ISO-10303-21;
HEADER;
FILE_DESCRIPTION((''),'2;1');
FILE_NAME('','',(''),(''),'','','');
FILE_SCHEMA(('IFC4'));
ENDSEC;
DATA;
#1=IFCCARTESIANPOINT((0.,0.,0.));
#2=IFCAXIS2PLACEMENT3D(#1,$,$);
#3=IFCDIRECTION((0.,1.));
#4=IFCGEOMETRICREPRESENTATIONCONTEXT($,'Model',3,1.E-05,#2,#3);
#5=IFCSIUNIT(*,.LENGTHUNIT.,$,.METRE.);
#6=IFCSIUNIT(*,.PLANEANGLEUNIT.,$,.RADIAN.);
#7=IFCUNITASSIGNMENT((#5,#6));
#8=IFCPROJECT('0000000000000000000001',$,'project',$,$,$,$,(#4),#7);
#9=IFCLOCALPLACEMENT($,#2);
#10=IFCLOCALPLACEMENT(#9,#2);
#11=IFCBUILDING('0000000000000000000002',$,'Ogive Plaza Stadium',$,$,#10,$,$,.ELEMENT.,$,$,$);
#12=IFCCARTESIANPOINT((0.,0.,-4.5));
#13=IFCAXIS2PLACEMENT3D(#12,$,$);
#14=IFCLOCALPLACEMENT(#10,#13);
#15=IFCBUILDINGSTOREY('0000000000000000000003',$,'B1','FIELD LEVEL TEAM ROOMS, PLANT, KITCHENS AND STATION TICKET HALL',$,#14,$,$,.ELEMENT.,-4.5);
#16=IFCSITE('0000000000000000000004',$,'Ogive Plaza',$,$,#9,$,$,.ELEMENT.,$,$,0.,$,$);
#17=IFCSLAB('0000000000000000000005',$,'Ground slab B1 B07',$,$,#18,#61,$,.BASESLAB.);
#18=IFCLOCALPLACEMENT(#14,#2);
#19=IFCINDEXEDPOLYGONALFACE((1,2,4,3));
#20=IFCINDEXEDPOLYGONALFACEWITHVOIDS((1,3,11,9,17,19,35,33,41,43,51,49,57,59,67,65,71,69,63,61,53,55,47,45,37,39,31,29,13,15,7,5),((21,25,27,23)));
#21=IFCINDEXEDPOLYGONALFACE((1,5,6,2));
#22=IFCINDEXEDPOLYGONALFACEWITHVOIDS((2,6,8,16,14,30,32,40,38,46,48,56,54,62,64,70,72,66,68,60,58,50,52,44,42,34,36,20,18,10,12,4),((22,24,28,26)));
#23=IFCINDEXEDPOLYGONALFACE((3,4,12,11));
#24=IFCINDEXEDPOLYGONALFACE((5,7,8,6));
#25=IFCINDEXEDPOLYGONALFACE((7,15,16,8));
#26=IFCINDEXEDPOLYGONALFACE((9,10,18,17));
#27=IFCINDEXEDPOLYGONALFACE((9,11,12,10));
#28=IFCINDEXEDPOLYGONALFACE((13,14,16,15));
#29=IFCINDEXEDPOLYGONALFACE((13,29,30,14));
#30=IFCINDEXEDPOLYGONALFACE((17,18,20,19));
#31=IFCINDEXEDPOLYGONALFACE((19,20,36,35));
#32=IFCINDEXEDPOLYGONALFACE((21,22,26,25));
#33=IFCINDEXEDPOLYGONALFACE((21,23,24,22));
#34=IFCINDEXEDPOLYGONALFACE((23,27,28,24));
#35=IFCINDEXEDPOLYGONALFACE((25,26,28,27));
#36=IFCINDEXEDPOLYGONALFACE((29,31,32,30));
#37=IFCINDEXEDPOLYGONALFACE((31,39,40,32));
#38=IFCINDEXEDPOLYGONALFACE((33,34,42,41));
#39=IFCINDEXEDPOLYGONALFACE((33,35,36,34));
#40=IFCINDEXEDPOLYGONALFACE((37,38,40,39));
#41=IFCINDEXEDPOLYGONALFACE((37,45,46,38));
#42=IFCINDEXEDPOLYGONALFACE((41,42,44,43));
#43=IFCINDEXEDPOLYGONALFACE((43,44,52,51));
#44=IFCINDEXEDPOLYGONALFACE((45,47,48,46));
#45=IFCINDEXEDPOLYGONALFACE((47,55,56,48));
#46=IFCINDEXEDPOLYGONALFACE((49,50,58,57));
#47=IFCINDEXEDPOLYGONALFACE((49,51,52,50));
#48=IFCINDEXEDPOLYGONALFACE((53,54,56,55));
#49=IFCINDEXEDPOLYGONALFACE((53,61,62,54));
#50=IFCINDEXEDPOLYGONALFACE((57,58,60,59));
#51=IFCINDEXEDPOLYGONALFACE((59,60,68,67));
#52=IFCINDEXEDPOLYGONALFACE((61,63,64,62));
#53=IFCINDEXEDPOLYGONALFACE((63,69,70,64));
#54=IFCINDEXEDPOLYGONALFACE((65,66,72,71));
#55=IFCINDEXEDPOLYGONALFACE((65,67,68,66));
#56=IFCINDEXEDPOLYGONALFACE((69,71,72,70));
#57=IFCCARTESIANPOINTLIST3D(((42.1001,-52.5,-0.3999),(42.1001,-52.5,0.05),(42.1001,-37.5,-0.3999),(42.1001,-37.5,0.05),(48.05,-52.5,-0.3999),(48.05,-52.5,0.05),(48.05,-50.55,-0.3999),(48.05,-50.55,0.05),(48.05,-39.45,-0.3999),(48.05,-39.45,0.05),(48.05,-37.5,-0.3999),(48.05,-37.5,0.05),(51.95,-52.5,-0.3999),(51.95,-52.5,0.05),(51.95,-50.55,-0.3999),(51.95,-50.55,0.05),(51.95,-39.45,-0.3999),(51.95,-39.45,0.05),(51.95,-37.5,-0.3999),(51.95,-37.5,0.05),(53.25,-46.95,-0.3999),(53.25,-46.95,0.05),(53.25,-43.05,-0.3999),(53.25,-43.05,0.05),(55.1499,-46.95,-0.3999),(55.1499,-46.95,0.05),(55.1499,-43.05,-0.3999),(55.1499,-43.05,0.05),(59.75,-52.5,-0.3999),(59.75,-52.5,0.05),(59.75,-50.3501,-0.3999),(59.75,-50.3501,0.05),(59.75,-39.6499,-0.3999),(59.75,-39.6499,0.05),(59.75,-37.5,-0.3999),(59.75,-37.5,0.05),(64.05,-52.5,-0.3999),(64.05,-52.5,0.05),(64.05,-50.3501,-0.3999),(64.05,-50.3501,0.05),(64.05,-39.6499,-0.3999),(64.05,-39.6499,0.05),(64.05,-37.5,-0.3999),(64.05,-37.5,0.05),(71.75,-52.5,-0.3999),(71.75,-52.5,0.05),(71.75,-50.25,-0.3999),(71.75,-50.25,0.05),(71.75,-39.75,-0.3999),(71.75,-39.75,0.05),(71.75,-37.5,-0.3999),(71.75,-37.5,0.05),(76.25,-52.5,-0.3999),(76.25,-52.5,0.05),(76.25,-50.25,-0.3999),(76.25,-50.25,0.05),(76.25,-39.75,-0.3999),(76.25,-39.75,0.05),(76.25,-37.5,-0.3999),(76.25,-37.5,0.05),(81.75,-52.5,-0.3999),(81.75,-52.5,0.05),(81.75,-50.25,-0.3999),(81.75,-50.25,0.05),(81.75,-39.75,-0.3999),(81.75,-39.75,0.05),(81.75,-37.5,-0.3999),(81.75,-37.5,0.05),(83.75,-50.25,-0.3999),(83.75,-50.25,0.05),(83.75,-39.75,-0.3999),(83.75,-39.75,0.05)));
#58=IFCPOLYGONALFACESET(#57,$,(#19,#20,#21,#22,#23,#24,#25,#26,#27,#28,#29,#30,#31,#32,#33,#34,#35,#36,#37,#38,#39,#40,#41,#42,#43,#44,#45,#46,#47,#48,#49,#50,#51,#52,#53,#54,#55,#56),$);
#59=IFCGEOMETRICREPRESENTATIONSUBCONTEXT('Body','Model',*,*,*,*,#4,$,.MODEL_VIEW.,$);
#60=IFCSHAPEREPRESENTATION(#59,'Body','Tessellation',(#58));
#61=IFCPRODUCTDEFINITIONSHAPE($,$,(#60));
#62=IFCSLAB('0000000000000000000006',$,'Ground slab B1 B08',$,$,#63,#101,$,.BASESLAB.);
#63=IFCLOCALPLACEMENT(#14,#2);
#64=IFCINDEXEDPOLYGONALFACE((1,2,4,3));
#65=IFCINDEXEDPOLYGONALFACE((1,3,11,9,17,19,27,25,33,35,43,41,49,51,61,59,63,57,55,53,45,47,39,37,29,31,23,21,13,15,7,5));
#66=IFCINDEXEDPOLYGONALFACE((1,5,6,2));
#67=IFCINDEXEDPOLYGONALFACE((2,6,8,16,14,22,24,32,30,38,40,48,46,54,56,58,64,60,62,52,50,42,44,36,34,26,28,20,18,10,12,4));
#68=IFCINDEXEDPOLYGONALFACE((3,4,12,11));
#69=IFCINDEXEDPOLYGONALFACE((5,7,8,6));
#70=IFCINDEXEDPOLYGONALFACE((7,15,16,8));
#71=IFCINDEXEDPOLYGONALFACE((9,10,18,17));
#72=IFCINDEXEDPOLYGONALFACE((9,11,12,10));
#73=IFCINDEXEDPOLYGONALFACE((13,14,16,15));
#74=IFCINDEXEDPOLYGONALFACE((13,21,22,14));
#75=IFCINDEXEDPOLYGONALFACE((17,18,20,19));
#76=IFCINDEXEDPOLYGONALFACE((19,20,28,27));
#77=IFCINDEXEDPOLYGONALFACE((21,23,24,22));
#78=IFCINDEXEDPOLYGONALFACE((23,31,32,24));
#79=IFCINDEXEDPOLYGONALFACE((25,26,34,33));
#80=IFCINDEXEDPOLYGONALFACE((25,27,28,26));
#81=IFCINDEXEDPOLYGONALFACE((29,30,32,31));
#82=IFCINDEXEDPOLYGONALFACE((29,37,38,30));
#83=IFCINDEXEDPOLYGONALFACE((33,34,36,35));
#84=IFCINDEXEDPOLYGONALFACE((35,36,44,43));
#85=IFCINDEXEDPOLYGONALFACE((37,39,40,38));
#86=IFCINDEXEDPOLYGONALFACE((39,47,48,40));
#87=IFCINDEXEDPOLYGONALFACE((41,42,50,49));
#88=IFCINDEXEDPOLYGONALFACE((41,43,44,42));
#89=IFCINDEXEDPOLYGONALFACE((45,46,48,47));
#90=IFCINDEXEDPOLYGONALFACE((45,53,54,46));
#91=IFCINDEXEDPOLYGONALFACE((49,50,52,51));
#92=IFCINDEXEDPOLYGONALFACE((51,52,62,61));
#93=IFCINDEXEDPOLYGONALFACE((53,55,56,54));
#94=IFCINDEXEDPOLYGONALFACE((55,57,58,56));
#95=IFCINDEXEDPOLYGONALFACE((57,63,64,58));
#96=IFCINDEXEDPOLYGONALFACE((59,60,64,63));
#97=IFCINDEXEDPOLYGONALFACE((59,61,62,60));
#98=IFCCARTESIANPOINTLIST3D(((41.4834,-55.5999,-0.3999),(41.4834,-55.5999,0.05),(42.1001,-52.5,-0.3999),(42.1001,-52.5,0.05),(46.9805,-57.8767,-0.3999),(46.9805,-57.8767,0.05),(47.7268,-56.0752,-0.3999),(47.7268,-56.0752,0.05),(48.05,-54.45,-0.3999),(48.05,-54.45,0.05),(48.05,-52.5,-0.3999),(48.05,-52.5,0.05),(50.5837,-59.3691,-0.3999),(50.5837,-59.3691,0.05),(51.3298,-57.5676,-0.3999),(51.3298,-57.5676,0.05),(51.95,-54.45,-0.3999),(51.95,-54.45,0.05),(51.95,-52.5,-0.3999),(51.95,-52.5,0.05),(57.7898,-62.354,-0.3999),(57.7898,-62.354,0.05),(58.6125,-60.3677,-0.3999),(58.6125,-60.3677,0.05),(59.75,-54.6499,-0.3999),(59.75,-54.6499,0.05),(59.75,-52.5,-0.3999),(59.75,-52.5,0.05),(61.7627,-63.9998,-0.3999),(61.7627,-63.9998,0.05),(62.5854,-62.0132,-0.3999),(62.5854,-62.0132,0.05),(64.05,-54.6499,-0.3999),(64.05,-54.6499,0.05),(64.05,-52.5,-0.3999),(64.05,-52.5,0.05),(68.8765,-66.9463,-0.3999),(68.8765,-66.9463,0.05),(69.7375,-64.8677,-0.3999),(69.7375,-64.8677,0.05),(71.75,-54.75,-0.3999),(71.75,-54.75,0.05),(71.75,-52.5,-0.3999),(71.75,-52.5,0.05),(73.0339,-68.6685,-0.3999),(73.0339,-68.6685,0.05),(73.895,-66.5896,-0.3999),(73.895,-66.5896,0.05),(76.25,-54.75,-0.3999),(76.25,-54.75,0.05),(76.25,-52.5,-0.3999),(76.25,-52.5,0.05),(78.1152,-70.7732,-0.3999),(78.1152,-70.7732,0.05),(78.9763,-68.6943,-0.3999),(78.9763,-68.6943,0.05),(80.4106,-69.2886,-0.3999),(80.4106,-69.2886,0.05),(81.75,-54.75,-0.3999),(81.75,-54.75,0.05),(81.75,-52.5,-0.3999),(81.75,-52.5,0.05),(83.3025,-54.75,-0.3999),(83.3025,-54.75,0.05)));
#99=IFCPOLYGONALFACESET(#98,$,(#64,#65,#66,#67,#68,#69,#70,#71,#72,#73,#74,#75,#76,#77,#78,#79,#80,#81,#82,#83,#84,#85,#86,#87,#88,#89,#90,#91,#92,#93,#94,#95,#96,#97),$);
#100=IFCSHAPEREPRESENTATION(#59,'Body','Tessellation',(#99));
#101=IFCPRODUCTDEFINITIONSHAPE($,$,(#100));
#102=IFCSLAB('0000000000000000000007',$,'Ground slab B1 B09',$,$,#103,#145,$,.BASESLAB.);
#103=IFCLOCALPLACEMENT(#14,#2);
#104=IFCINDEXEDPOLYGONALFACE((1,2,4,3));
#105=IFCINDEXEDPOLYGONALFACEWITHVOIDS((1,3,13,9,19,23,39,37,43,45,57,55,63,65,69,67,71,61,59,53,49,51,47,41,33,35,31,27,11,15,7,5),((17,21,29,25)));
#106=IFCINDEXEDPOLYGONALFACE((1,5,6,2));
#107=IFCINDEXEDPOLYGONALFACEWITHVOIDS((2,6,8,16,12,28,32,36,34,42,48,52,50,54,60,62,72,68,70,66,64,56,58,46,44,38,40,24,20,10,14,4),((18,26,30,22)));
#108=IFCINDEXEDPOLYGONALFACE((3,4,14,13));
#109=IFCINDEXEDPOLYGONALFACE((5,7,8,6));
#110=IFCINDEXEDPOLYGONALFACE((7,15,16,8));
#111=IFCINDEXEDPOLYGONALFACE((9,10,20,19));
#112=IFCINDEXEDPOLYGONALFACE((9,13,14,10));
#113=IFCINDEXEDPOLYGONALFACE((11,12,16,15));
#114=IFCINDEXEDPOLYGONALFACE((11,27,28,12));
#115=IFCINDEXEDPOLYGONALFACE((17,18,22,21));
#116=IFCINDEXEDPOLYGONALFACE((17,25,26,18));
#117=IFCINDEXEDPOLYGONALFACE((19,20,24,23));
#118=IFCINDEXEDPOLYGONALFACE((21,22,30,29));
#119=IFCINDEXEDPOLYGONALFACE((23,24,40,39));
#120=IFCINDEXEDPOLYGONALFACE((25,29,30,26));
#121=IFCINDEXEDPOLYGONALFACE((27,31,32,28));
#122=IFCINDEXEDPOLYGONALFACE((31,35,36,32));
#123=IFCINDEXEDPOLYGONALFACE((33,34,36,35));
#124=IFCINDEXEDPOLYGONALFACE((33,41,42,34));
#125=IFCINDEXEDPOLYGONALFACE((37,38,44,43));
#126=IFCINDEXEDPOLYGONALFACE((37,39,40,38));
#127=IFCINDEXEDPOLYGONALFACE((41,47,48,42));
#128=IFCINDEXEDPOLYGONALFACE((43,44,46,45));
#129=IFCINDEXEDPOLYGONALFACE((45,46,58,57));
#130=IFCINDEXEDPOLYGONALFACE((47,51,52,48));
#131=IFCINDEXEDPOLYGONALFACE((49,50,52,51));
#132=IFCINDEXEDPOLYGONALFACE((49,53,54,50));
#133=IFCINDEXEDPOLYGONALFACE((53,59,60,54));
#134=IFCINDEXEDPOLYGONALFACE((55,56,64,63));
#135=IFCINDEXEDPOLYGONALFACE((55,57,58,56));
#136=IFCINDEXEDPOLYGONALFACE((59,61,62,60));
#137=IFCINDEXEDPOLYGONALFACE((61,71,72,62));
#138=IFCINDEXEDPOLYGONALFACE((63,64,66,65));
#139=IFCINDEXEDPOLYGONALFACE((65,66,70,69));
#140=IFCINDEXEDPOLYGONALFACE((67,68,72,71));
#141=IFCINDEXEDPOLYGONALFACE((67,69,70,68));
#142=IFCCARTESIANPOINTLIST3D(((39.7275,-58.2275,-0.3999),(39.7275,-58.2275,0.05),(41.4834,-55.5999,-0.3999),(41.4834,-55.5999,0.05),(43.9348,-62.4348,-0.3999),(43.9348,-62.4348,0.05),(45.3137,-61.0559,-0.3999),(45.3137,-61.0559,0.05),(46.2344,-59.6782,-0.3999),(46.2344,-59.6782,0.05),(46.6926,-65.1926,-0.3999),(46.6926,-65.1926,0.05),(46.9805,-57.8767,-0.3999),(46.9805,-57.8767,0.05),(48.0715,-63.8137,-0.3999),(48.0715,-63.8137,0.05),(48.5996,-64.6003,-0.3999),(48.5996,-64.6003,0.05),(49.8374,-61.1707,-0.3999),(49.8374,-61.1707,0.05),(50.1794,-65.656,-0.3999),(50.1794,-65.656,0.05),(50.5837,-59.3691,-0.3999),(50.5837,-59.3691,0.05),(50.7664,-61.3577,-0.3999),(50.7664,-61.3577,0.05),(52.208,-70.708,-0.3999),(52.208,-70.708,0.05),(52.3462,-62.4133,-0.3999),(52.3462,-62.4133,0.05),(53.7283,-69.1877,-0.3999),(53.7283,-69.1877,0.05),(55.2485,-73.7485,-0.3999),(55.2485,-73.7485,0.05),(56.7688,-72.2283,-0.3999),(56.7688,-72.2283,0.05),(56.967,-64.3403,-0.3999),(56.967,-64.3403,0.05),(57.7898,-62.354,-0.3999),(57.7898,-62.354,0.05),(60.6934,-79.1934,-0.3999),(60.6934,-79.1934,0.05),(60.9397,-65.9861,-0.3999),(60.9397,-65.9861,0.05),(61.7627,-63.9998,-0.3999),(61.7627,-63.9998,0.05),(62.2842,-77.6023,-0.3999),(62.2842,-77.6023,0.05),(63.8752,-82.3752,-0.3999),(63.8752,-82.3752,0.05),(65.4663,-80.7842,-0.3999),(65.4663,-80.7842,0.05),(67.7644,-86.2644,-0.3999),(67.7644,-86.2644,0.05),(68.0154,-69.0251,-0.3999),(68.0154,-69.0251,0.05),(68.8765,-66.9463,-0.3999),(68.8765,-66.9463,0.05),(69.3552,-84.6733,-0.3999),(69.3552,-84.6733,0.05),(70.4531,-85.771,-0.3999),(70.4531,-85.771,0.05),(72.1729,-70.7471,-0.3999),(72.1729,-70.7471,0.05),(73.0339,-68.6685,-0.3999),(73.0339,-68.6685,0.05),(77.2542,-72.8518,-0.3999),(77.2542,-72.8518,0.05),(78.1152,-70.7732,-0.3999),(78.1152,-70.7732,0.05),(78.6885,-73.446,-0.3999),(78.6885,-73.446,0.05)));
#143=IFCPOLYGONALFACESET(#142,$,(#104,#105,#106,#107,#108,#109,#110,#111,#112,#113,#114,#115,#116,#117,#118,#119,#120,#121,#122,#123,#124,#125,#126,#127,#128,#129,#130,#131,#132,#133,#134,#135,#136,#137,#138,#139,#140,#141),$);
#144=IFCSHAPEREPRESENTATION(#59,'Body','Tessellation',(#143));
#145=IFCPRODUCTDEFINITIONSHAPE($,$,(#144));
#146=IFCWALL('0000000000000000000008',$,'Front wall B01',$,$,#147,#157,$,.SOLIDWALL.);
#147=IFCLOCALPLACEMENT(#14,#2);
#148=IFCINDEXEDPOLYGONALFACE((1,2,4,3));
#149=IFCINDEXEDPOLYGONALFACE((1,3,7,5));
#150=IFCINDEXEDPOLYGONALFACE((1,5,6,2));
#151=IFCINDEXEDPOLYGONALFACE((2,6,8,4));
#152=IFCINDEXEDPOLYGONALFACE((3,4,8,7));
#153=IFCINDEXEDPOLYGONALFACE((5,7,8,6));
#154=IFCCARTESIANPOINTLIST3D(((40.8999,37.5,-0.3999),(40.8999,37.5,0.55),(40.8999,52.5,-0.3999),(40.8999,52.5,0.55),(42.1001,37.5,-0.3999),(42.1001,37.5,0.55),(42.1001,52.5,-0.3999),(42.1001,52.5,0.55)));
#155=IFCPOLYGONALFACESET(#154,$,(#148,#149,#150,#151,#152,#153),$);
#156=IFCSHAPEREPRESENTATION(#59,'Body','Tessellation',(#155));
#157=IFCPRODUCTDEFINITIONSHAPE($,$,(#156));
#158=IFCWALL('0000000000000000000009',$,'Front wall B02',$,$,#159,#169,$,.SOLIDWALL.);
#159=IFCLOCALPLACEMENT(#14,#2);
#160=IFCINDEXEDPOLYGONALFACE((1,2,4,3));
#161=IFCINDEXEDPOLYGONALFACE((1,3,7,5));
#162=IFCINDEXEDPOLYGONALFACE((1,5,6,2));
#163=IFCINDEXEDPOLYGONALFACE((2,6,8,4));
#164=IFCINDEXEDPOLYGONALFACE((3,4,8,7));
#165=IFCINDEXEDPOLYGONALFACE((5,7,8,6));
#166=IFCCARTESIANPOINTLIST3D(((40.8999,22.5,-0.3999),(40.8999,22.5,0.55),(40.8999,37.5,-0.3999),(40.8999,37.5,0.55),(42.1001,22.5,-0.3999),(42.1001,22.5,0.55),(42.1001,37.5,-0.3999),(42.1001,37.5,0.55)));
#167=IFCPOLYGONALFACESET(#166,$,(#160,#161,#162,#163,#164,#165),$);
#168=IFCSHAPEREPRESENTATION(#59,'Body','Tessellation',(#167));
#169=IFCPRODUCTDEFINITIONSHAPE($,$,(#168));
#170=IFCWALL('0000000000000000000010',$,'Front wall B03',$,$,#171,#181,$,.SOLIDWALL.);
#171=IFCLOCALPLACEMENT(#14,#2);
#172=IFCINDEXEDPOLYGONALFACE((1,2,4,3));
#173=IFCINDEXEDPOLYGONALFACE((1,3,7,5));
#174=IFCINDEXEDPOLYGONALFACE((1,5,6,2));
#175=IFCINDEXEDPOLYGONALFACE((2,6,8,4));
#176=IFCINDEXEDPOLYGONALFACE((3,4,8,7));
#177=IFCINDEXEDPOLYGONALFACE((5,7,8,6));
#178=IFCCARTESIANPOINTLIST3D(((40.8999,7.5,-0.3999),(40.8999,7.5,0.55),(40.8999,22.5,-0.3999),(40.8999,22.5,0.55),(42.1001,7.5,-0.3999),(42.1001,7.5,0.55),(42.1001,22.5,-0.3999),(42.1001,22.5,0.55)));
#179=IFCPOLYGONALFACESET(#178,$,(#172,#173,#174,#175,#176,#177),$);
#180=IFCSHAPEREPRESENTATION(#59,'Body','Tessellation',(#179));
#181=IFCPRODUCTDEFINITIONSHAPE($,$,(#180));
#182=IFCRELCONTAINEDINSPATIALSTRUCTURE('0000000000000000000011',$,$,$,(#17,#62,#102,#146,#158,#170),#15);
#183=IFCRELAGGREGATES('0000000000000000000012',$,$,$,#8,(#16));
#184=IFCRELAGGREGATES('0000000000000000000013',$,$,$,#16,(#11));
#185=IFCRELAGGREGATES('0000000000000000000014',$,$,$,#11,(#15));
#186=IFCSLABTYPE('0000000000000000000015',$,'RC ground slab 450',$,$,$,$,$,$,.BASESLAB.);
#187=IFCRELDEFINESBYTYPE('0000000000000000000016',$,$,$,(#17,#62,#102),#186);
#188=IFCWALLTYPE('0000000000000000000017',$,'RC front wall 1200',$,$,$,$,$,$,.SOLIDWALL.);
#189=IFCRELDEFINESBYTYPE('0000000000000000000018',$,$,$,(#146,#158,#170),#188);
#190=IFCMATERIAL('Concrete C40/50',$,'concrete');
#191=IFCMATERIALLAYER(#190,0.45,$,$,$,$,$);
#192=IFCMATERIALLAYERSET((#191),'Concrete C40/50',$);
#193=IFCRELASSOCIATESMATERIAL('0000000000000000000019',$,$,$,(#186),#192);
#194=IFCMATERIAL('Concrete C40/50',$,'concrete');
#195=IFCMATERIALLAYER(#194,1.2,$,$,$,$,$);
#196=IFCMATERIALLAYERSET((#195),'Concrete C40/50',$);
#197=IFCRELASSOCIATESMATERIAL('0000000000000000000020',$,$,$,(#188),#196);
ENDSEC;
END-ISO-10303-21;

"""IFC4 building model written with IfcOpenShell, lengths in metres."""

from ifc_helpers import new_model, si_unit, direction, frame, origin, place, context, subcontext, project, spatial, polyline, outline, extrude, material, layer, layer_set, type_object, element, save


model = new_model("IFC4")

# Units and contexts
model_context = context("Model", 3, precision=1e-05, world=origin(), true_north=direction((0.0, 1.0)))
body_context = subcontext(model_context, "Body", "Model", "MODEL_VIEW")
ifc_project = project(units=[si_unit("LENGTHUNIT", "METRE"), si_unit("PLANEANGLEUNIT", "RADIAN")], contexts=[model_context])

# Site, building, storey
site_placement = place(None, origin())
site = spatial("IfcSite", under=ifc_project, at=site_placement, Name="Ogive Plaza", CompositionType="ELEMENT", RefElevation=0.0)
building_placement = place(site_placement, origin())
building = spatial("IfcBuilding", under=site, at=building_placement, Name="Ogive Plaza Stadium", CompositionType="ELEMENT")
storey_placement = place(building_placement, frame((0.0, 0.0, -4.5)))
storey = spatial("IfcBuildingStorey", under=building, at=storey_placement, Name="B1", Description="FIELD LEVEL TEAM ROOMS, PLANT, KITCHENS AND STATION TICKET HALL", CompositionType="ELEMENT", Elevation=-4.5)

# Slabs
ifc_material_1 = material(Name="Concrete C40/50", Category="concrete")
ifc_layer_1 = layer(ifc_material_1, 0.45)
ifc_layer_set_1 = layer_set([ifc_layer_1], Name="Concrete C40/50")
slab_type = type_object("IfcSlabType", Name="RC ground slab 450", PredefinedType="BASESLAB", material=ifc_layer_set_1)
slab_1_placement = place(storey_placement, frame((0.0, 0.0, -0.3999)))
element("IfcSlab", 1, at=slab_1_placement, inside=storey, type_object=slab_type, Name="Ground slab B1 B07", PredefinedType="BASESLAB", context=body_context, shape_type="SweptSolid", body=[
    extrude(outline(polyline([(48.05, -52.5), (48.05, -50.55), (51.95, -50.55), (51.95, -52.5), (59.75, -52.5), (59.75, -50.3501), (64.05, -50.3501), (64.05, -52.5), (71.75, -52.5), (71.75, -50.25), (76.25, -50.25), (76.25, -52.5), (81.75, -52.5), (81.75, -50.25), (83.75, -50.25), (83.75, -39.75), (81.75, -39.75), (81.75, -37.5), (76.25, -37.5), (76.25, -39.75), (71.75, -39.75), (71.75, -37.5), (64.05, -37.5), (64.05, -39.6499), (59.75, -39.6499), (59.75, -37.5), (51.95, -37.5), (51.95, -39.45), (48.05, -39.45), (48.05, -37.5), (42.1001, -37.5), (42.1001, -52.5), (48.05, -52.5)]), holes=[polyline([(55.1499, -43.05), (53.25, -43.05), (53.25, -46.95), (55.1499, -46.95), (55.1499, -43.05)])]), origin(), (0.0, 0.0, 1.0), 0.45),
])
slab_2_placement = place(storey_placement, frame((0.0, 0.0, -0.3999)))
element("IfcSlab", 2, at=slab_2_placement, inside=storey, type_object=slab_type, Name="Ground slab B1 B08", PredefinedType="BASESLAB", context=body_context, shape_type="SweptSolid", body=[
    extrude(outline(polyline([(46.9805, -57.8767), (47.7268, -56.0752), (51.3298, -57.5676), (50.5837, -59.3691), (57.7898, -62.354), (58.6125, -60.3677), (62.5854, -62.0132), (61.7627, -63.9998), (68.8765, -66.9463), (69.7375, -64.8677), (73.895, -66.5896), (73.0339, -68.6685), (78.1152, -70.7732), (78.9763, -68.6943), (80.4106, -69.2886), (83.3025, -54.75), (81.75, -54.75), (81.75, -52.5), (76.25, -52.5), (76.25, -54.75), (71.75, -54.75), (71.75, -52.5), (64.05, -52.5), (64.05, -54.6499), (59.75, -54.6499), (59.75, -52.5), (51.95, -52.5), (51.95, -54.45), (48.05, -54.45), (48.05, -52.5), (42.1001, -52.5), (41.4834, -55.5999), (46.9805, -57.8767)])), origin(), (0.0, 0.0, 1.0), 0.45),
])
slab_3_placement = place(storey_placement, frame((0.0, 0.0, -0.3999)))
element("IfcSlab", 3, at=slab_3_placement, inside=storey, type_object=slab_type, Name="Ground slab B1 B09", PredefinedType="BASESLAB", context=body_context, shape_type="SweptSolid", body=[
    extrude(outline(polyline([(43.9348, -62.4348), (45.3137, -61.0559), (48.0715, -63.8137), (46.6926, -65.1926), (52.208, -70.708), (53.7283, -69.1877), (56.7688, -72.2283), (55.2485, -73.7485), (60.6934, -79.1934), (62.2842, -77.6023), (65.4663, -80.7842), (63.8752, -82.3752), (67.7644, -86.2644), (69.3552, -84.6733), (70.4531, -85.771), (78.6885, -73.446), (77.2542, -72.8518), (78.1152, -70.7732), (73.0339, -68.6685), (72.1729, -70.7471), (68.0154, -69.0251), (68.8765, -66.9463), (61.7627, -63.9998), (60.9397, -65.9861), (56.967, -64.3403), (57.7898, -62.354), (50.5837, -59.3691), (49.8374, -61.1707), (46.2344, -59.6782), (46.9805, -57.8767), (41.4834, -55.5999), (39.7275, -58.2275), (43.9348, -62.4348)]), holes=[polyline([(52.3462, -62.4133), (50.7664, -61.3577), (48.5996, -64.6003), (50.1794, -65.656), (52.3462, -62.4133)])]), origin(), (0.0, 0.0, 1.0), 0.45),
])

# Walls
ifc_material_2 = material(Name="Concrete C40/50", Category="concrete")
ifc_layer_2 = layer(ifc_material_2, 1.2)
ifc_layer_set_2 = layer_set([ifc_layer_2], Name="Concrete C40/50")
wall_type_1 = type_object("IfcWallType", Name="RC front wall 1200", PredefinedType="SOLIDWALL", material=ifc_layer_set_2)
wall_1_placement = place(storey_placement, frame((0.0, 0.0, -0.3999)))
element("IfcWall", 4, at=wall_1_placement, inside=storey, type_object=wall_type_1, Name="Front wall B01", PredefinedType="SOLIDWALL", context=body_context, shape_type="SweptSolid", body=[
    extrude(outline(polyline([(40.8999, 37.5), (42.1001, 37.5), (42.1001, 52.5), (40.8999, 52.5), (40.8999, 37.5)])), origin(), (0.0, 0.0, 1.0), 0.95),
])
wall_2_placement = place(storey_placement, frame((0.0, 0.0, -0.3999)))
element("IfcWall", 5, at=wall_2_placement, inside=storey, type_object=wall_type_1, Name="Front wall B02", PredefinedType="SOLIDWALL", context=body_context, shape_type="SweptSolid", body=[
    extrude(outline(polyline([(40.8999, 22.5), (42.1001, 22.5), (42.1001, 37.5), (40.8999, 37.5), (40.8999, 22.5)])), origin(), (0.0, 0.0, 1.0), 0.95),
])
wall_3_placement = place(storey_placement, frame((0.0, 0.0, -0.3999)))
element("IfcWall", 6, at=wall_3_placement, inside=storey, type_object=wall_type_1, Name="Front wall B03", PredefinedType="SOLIDWALL", context=body_context, shape_type="SweptSolid", body=[
    extrude(outline(polyline([(40.8999, 7.5), (42.1001, 7.5), (42.1001, 22.5), (40.8999, 22.5), (40.8999, 7.5)])), origin(), (0.0, 0.0, 1.0), 0.95),
])

save(model, "model.ifc")
